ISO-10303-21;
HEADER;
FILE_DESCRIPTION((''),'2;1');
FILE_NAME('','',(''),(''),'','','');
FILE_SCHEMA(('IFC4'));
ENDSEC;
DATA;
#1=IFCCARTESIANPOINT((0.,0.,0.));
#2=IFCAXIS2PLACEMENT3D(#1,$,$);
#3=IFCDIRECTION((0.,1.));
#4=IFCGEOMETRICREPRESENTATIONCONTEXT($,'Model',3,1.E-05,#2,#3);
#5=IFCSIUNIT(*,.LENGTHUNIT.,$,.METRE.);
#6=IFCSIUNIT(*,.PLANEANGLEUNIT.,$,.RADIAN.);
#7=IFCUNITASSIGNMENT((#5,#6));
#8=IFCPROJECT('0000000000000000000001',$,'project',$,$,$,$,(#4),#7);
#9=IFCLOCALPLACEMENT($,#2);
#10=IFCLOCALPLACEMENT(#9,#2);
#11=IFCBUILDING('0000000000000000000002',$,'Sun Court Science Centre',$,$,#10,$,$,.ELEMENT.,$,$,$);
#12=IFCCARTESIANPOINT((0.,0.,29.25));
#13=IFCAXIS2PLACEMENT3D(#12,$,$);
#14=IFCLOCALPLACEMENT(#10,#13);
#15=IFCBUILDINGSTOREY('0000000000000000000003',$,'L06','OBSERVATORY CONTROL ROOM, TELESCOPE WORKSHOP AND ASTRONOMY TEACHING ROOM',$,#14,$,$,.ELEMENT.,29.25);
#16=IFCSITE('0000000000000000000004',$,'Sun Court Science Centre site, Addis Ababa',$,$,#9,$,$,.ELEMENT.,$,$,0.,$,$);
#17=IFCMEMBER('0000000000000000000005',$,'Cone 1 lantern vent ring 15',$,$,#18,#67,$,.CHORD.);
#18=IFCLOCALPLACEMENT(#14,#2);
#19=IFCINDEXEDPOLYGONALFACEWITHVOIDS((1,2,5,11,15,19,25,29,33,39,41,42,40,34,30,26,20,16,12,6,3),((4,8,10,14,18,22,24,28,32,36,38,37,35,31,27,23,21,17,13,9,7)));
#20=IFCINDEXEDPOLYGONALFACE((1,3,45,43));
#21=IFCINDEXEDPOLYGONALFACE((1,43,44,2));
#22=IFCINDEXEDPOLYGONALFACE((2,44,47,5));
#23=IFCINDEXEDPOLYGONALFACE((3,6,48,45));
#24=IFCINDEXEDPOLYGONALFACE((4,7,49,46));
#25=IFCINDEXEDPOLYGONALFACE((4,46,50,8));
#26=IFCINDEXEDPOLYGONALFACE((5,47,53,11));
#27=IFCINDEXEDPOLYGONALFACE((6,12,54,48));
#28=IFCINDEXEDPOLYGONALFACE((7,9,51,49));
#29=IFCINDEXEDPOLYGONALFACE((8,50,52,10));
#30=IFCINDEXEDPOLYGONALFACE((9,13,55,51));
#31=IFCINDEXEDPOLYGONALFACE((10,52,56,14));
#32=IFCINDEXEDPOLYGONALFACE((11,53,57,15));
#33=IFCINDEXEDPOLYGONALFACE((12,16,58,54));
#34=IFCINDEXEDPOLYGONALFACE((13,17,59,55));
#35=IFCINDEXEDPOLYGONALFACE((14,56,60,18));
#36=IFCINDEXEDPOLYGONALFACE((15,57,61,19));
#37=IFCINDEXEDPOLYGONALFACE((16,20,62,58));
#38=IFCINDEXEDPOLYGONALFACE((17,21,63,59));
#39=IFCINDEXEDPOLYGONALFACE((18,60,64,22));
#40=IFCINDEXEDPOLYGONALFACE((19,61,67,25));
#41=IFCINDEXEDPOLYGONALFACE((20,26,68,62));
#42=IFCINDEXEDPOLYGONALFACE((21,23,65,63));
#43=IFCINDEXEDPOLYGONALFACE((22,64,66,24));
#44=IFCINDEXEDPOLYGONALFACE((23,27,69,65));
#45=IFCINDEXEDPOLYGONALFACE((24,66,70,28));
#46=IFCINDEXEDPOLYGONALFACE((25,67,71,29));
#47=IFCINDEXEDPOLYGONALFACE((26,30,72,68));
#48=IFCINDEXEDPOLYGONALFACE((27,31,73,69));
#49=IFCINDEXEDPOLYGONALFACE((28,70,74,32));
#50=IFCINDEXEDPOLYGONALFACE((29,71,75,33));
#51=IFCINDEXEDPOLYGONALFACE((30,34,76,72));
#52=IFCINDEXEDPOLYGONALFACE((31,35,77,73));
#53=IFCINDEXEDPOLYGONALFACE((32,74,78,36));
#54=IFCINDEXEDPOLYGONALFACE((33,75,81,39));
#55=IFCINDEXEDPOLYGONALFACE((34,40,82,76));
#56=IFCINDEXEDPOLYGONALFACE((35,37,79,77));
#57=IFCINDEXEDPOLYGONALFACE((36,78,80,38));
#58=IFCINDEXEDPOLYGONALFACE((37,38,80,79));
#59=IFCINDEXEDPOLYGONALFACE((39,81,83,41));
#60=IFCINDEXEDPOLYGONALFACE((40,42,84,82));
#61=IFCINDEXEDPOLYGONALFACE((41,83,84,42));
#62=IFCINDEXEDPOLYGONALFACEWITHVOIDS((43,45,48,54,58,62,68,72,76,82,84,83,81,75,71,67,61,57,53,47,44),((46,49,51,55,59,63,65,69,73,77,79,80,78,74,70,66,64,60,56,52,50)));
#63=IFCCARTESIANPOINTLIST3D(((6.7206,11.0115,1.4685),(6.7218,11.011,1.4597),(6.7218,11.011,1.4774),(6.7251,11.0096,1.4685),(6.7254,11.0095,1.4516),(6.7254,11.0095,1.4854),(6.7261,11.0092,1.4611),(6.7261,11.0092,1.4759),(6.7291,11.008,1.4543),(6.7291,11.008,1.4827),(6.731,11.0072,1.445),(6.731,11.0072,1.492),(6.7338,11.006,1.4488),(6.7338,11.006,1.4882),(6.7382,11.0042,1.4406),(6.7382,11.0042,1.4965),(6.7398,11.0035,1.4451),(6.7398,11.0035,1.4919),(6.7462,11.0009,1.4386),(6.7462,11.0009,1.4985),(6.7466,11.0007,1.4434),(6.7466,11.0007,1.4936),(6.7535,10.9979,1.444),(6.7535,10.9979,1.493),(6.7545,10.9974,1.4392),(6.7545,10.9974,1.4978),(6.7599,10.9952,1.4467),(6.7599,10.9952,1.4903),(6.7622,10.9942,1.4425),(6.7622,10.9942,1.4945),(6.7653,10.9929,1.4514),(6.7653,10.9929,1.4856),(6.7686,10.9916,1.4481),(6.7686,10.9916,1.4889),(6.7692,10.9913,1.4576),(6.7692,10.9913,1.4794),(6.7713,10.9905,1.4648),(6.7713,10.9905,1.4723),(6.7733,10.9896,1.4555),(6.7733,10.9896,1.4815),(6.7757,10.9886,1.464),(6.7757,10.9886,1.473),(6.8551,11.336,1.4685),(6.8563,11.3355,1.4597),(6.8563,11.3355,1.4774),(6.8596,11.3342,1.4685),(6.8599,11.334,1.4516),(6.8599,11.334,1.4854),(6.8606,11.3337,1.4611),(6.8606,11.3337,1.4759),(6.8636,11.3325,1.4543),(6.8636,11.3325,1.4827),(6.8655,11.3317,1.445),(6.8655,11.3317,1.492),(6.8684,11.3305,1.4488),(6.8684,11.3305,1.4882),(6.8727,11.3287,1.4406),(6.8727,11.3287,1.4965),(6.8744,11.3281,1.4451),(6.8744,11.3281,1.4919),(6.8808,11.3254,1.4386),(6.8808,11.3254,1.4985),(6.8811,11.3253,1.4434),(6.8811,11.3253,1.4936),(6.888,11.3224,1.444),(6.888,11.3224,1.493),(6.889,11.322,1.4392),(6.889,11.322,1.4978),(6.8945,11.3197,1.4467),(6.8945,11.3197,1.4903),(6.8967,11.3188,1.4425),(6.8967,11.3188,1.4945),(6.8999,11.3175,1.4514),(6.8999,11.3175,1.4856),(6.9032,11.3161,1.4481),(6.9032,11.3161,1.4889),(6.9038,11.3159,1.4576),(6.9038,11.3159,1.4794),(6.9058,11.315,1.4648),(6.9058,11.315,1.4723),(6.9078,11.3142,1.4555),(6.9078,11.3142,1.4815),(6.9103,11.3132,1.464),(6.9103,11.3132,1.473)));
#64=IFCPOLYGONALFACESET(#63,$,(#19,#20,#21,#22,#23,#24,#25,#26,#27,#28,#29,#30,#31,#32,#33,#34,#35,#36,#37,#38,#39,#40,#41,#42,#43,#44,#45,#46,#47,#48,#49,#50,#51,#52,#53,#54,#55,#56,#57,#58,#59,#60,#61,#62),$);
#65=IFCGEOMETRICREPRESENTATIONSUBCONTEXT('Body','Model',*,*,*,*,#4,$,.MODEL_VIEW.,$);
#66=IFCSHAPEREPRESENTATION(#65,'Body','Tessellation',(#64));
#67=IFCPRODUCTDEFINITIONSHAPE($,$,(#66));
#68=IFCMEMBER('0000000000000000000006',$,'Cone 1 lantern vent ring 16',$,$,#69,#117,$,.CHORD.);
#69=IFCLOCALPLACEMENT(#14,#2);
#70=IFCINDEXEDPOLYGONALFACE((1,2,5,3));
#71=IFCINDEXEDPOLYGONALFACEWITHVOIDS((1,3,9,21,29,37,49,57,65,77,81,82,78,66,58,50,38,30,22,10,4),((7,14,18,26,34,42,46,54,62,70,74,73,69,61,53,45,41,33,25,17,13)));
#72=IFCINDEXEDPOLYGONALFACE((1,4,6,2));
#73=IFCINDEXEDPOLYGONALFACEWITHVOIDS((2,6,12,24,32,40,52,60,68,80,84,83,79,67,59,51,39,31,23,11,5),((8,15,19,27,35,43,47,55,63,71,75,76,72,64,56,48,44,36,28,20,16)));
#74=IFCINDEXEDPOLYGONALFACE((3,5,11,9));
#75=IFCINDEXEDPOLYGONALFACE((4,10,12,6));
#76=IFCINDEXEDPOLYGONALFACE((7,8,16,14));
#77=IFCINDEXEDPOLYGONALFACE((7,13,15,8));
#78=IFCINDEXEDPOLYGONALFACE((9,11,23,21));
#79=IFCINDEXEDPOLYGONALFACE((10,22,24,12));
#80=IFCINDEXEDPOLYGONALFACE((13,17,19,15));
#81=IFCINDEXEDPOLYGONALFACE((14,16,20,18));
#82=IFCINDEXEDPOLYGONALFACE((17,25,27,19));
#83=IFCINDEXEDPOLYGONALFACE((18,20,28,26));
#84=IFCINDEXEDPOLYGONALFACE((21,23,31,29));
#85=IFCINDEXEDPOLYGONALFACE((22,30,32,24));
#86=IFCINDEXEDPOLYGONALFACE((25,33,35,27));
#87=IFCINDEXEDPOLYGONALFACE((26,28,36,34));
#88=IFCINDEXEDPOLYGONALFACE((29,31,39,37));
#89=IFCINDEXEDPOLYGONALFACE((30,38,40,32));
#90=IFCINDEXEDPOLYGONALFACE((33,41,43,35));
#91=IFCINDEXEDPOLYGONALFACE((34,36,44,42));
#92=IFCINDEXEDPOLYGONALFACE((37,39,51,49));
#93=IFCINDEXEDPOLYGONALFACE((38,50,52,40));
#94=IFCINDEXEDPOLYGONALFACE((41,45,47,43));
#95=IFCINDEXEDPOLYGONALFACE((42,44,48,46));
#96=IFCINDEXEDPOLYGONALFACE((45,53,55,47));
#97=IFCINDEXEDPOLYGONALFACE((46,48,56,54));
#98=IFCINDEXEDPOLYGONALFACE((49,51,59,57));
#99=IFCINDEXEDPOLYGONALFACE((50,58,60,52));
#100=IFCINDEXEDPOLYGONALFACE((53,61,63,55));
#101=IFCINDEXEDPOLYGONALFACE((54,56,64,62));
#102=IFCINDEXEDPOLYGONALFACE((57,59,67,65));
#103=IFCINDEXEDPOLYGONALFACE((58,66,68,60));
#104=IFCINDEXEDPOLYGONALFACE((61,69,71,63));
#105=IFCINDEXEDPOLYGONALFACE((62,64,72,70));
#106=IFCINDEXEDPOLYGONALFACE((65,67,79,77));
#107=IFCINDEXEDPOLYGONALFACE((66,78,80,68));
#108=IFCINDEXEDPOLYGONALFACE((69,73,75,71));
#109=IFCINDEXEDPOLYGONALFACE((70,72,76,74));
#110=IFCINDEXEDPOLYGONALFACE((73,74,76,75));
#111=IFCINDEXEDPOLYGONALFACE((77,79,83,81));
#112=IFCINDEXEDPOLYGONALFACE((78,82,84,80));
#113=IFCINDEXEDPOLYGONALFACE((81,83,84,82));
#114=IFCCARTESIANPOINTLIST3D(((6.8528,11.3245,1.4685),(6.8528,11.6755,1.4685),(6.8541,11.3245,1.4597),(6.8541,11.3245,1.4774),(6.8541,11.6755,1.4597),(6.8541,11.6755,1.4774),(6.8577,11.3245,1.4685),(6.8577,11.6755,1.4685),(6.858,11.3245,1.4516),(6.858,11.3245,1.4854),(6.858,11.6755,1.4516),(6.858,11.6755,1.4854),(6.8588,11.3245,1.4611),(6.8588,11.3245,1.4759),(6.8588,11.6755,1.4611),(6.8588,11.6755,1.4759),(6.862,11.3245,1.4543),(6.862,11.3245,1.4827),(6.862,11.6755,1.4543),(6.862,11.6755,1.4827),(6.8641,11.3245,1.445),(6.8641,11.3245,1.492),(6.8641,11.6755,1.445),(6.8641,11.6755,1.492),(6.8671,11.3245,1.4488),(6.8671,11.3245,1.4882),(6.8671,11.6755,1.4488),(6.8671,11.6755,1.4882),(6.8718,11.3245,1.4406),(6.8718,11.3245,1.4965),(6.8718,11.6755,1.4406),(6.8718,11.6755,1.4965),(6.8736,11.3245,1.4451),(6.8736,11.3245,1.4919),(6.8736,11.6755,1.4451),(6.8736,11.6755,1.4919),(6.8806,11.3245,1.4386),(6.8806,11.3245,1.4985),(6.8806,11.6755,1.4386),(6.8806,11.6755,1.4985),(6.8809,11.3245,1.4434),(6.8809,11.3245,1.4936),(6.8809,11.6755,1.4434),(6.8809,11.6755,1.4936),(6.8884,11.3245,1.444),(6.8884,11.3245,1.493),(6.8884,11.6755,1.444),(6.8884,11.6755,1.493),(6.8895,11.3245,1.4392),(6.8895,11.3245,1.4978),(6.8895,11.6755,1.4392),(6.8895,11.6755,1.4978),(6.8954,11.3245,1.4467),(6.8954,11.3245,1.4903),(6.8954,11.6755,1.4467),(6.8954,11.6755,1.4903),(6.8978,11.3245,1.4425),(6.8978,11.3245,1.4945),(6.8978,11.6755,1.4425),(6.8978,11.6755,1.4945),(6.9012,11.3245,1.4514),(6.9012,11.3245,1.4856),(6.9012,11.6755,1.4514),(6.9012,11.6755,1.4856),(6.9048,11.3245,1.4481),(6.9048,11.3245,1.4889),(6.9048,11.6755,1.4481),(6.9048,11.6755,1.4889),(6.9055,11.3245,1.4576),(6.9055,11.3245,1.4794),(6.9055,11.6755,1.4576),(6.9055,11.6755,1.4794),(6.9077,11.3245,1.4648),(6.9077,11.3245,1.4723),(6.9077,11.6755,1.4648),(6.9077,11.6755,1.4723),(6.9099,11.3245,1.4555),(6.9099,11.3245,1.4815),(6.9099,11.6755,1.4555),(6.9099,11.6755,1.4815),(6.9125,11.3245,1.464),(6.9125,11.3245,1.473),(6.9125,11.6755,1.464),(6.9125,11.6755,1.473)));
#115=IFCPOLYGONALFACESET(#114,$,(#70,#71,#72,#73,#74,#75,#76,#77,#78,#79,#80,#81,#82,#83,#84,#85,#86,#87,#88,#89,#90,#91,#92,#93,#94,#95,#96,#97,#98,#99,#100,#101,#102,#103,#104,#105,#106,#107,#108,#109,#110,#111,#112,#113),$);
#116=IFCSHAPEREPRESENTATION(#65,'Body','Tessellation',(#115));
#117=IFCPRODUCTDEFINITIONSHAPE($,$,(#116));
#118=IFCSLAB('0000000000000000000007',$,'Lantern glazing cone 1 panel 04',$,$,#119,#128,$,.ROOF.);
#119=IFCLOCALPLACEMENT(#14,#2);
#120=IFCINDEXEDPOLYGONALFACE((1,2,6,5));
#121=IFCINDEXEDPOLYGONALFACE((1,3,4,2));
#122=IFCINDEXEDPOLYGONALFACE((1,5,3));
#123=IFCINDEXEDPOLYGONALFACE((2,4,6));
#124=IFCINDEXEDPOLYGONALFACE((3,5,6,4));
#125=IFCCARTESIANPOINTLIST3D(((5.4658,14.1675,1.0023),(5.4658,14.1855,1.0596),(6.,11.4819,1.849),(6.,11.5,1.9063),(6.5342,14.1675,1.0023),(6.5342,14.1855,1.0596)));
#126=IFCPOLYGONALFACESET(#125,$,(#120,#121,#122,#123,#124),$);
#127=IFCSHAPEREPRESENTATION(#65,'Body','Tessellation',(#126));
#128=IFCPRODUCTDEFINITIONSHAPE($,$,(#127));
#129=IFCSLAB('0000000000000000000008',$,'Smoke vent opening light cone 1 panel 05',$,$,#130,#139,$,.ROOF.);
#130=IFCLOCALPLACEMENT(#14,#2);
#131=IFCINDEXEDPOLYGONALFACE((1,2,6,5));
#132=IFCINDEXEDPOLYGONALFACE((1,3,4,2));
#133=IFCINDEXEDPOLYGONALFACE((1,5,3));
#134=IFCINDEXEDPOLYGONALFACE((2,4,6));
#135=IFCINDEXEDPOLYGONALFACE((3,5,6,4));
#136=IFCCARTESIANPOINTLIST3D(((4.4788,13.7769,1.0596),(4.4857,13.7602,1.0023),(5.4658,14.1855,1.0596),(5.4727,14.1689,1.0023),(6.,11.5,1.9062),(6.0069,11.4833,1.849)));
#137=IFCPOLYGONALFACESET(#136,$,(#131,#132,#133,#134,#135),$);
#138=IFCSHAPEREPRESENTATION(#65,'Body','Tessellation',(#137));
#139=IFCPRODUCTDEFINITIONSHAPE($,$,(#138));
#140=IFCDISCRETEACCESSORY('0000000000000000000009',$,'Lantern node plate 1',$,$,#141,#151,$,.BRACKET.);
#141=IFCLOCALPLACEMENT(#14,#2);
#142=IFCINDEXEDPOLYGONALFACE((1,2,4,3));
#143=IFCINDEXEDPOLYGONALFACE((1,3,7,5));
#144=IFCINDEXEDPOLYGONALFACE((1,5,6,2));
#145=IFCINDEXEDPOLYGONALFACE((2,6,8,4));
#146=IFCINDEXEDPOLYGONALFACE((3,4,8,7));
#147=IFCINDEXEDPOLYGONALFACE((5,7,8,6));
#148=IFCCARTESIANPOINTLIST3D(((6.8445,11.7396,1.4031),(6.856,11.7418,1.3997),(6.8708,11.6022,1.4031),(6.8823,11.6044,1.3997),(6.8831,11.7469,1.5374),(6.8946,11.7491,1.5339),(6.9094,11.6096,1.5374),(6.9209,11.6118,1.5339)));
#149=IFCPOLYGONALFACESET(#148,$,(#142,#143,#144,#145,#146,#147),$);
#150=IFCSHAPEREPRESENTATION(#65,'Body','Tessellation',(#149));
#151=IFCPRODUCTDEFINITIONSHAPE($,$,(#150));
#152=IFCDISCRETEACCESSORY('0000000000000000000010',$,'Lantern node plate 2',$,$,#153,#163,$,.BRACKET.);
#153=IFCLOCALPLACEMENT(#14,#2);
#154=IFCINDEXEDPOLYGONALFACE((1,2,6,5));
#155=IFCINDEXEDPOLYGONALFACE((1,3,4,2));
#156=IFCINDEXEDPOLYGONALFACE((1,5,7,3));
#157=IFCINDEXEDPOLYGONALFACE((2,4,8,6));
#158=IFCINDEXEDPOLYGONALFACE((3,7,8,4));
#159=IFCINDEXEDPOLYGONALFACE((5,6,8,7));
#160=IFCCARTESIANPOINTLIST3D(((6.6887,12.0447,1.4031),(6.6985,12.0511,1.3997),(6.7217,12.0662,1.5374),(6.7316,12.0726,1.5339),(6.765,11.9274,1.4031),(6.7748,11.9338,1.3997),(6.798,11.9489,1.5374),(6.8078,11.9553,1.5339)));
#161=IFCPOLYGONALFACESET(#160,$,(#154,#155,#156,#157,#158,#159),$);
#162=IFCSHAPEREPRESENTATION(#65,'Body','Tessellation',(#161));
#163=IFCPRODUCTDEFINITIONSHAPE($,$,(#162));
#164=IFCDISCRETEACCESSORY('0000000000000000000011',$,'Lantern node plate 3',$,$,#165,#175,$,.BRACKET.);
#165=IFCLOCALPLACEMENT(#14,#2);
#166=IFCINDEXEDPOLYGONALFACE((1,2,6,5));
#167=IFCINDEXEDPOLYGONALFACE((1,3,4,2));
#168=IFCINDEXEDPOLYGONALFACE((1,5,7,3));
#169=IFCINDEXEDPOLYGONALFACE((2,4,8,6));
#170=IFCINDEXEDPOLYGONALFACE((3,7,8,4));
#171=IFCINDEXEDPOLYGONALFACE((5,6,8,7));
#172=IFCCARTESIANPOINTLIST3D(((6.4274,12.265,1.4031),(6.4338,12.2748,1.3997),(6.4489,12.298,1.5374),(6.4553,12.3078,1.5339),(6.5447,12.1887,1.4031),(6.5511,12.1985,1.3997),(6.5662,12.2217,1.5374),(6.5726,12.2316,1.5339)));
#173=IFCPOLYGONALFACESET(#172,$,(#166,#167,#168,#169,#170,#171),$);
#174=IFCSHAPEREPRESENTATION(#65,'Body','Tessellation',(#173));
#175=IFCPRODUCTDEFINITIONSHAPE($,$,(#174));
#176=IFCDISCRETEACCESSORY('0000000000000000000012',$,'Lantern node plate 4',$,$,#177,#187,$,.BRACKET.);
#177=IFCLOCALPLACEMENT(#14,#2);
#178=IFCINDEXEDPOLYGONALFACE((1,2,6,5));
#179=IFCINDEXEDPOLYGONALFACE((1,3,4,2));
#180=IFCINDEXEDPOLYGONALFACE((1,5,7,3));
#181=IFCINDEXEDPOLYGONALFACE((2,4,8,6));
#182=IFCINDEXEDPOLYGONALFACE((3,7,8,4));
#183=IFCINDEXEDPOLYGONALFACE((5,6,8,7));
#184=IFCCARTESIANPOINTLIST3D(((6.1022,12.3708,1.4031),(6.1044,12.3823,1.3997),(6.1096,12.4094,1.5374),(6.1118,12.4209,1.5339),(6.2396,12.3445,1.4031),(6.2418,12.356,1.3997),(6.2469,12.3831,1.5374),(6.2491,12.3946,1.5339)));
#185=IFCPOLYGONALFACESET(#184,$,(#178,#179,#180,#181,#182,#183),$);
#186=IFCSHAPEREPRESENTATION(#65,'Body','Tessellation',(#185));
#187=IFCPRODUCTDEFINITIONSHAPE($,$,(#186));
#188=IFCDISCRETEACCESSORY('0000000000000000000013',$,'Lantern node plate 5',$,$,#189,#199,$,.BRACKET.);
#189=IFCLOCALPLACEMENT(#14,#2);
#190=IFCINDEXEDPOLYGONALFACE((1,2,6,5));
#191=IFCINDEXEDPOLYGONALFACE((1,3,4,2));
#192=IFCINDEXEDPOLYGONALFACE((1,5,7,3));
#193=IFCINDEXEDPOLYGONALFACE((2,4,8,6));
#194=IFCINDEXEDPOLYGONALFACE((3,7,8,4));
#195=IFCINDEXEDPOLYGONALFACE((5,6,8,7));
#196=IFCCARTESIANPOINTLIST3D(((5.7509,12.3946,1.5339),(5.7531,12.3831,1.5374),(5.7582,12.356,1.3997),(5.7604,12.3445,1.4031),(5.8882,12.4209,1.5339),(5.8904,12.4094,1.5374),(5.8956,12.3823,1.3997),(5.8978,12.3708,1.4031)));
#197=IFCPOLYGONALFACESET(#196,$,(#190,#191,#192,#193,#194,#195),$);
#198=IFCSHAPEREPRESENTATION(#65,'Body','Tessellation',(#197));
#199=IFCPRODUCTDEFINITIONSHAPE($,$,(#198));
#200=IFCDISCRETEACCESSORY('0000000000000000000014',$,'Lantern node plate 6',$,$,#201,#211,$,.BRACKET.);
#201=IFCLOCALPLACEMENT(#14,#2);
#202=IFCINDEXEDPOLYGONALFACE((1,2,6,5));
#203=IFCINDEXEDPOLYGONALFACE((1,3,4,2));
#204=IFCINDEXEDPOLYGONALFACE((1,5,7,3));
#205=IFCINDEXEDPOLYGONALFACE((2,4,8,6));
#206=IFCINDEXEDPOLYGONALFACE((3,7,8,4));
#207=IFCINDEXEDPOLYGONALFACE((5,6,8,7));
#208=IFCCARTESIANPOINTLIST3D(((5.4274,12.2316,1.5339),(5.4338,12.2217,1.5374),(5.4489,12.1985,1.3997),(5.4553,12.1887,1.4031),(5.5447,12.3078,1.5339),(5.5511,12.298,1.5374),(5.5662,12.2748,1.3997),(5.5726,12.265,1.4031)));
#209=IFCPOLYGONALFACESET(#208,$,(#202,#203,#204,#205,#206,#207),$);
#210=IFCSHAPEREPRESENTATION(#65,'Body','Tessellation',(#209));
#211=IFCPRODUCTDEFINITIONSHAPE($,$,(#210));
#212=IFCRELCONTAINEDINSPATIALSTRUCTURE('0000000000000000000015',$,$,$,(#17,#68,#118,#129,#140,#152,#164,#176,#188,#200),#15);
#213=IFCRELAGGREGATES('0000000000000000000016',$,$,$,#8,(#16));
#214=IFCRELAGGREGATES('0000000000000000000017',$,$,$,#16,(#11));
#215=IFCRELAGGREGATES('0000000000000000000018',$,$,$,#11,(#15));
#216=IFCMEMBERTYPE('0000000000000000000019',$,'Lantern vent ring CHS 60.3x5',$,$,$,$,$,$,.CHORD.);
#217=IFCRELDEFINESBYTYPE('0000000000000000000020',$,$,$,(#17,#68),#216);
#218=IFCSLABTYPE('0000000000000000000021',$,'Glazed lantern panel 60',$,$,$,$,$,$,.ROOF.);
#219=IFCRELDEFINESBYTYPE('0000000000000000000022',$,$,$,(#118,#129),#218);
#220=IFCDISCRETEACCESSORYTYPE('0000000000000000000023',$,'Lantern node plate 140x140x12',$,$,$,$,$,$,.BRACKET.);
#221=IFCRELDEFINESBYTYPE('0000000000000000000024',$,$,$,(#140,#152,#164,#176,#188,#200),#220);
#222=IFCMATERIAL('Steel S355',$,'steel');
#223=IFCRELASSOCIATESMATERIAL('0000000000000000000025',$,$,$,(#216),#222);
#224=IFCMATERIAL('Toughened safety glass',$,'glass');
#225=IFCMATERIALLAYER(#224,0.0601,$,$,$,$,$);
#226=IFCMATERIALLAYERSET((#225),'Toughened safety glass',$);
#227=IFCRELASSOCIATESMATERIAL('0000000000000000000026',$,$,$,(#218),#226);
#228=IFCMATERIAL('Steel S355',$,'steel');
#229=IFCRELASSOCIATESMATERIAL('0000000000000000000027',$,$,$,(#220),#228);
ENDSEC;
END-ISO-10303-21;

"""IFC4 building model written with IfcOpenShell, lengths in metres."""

from ifc_helpers import new_model, si_unit, direction, frame, origin, origin_2d, place, context, subcontext, project, spatial, polyline, rectangle, hollow_circle, outline, extrude, material, layer, layer_set, material_profile, profile_set, type_object, element, save


model = new_model("IFC4")

# Units and contexts
model_context = context("Model", 3, precision=1e-05, world=origin(), true_north=direction((0.0, 1.0)))
body_context = subcontext(model_context, "Body", "Model", "MODEL_VIEW")
ifc_project = project(units=[si_unit("LENGTHUNIT", "METRE"), si_unit("PLANEANGLEUNIT", "RADIAN")], contexts=[model_context])

# Site, building, storey
site_placement = place(None, origin())
site = spatial("IfcSite", under=ifc_project, at=site_placement, Name="Sun Court Science Centre site, Addis Ababa", CompositionType="ELEMENT", RefElevation=0.0)
building_placement = place(site_placement, origin())
building = spatial("IfcBuilding", under=site, at=building_placement, Name="Sun Court Science Centre", CompositionType="ELEMENT")
storey_placement = place(building_placement, frame((0.0, 0.0, 29.25)))
storey = spatial("IfcBuildingStorey", under=building, at=storey_placement, Name="L06", Description="OBSERVATORY CONTROL ROOM, TELESCOPE WORKSHOP AND ASTRONOMY TEACHING ROOM", CompositionType="ELEMENT", Elevation=29.25)

# Members
ifc_material_1 = material(Name="Steel S355", Category="steel")
ifc_material_profile_1 = material_profile(ifc_material_1, hollow_circle(Radius=0.03, WallThickness=0.0049, at=origin_2d()), Name="CHS 60.3x5")
ifc_profile_set_1 = profile_set([ifc_material_profile_1], Name="Steel S355")
member_type_1 = type_object("IfcMemberType", Name="Lantern vent ring CHS 60.3x5", PredefinedType="CHORD", material=ifc_profile_set_1)
member_1_placement = place(storey_placement, frame((6.7483, 11.0, 1.4685), z_axis=(0.382986, 0.923754, 0.0), x_axis=(-0.923754, 0.382986, 0.0)))
element("IfcMember", 1, at=member_1_placement, inside=storey, type_object=member_type_1, Name="Cone 1 lantern vent ring 15", PredefinedType="CHORD", context=body_context, shape_type="SweptSolid", body=[
    extrude(hollow_circle(Radius=0.03, WallThickness=0.0049, at=origin_2d()), origin(), (0.0, 0.0, 1.0), 0.3513),
])
member_2_placement = place(storey_placement, frame((6.8828, 11.3245, 1.4685), z_axis=(0.0, 1.0, 0.0), x_axis=(-1.0, 0.0, 0.0)))
element("IfcMember", 2, at=member_2_placement, inside=storey, type_object=member_type_1, Name="Cone 1 lantern vent ring 16", PredefinedType="CHORD", context=body_context, shape_type="SweptSolid", body=[
    extrude(hollow_circle(Radius=0.03, WallThickness=0.0049, at=origin_2d()), origin(), (0.0, 0.0, 1.0), 0.3511),
])

# Slabs
ifc_material_2 = material(Name="Toughened safety glass", Category="glass")
ifc_layer = layer(ifc_material_2, 0.0601)
ifc_layer_set = layer_set([ifc_layer], Name="Toughened safety glass")
slab_type = type_object("IfcSlabType", Name="Glazed lantern panel 60", PredefinedType="ROOF", material=ifc_layer_set)
slab_1_placement = place(storey_placement, frame((6.5342, 14.1855, 1.0596), z_axis=(0.0, 0.300683, 0.953724), x_axis=(-1.0, 0.0, 0.0)))
element("IfcSlab", 3, at=slab_1_placement, inside=storey, type_object=slab_type, Name="Lantern glazing cone 1 panel 04", PredefinedType="ROOF", context=body_context, shape_type="SweptSolid", body=[
    extrude(outline(polyline([(0.0, 0.0), (1.0684, 0.0), (0.5342, 2.8159), (0.0, 0.0)])), origin(), (0.0, 0.0, -1.0), 0.0601),
])
slab_2_placement = place(storey_placement, frame((5.4658, 14.1855, 1.0596), z_axis=(-0.115025, 0.277804, 0.953726), x_axis=(-0.923933, -0.382554, 0.0)))
element("IfcSlab", 4, at=slab_2_placement, inside=storey, type_object=slab_type, Name="Smoke vent opening light cone 1 panel 05", PredefinedType="ROOF", context=body_context, shape_type="SweptSolid", body=[
    extrude(outline(polyline([(0.0, 0.0), (1.0683, 0.0), (0.5338, 2.8159), (0.0, 0.0)])), origin(), (0.0, 0.0, -1.0), 0.0601),
])

# Discrete accessories
ifc_material_3 = material(Name="Steel S355", Category="steel")
ifc_material_profile_2 = material_profile(ifc_material_3, rectangle(XDim=0.1399, YDim=0.1399, at=origin_2d()), Name="PL 140x140")
ifc_profile_set_2 = profile_set([ifc_material_profile_2], Name="Steel S355")
discrete_accessory_type = type_object("IfcDiscreteAccessoryType", Name="Lantern node plate 140x140x12", PredefinedType="BRACKET", material=ifc_profile_set_2)
for number, where, z_axis, x_axis, name in (
    (5, (6.8884, 11.6768, 1.4668), (-0.942643, -0.180506, 0.280787), (0.188072, -0.982155, 0.0), "Lantern node plate 1"),
    (6, (6.7532, 12.0032, 1.4668), (-0.804518, -0.522937, 0.281581), (0.544988, -0.838444, 0.0), "Lantern node plate 2"),
    (7, (6.5032, 12.2532, 1.4668), (-0.522937, -0.804518, 0.281581), (0.838444, -0.544988, 0.0), "Lantern node plate 3"),
    (8, (6.1768, 12.3884, 1.4668), (-0.180506, -0.942643, 0.280787), (0.982155, -0.188072, 0.0), "Lantern node plate 4"),
    (9, (5.8232, 12.3884, 1.4668), (0.180506, -0.942643, 0.280787), (0.982155, 0.188072, 0.0), "Lantern node plate 5"),
    (10, (5.4968, 12.2532, 1.4668), (0.522937, -0.804518, 0.281581), (0.838444, 0.544988, 0.0), "Lantern node plate 6"),
):
    element("IfcDiscreteAccessory", number, at=place(storey_placement, frame(where, z_axis=z_axis, x_axis=x_axis)), inside=storey, type_object=discrete_accessory_type, Name=name, PredefinedType="BRACKET", context=body_context, shape_type="SweptSolid", body=[
        extrude(rectangle(XDim=0.1399, YDim=0.1399, at=origin_2d()), origin(), (0.0, 0.0, 1.0), 0.0122),
    ])

save(model, "model.ifc")
